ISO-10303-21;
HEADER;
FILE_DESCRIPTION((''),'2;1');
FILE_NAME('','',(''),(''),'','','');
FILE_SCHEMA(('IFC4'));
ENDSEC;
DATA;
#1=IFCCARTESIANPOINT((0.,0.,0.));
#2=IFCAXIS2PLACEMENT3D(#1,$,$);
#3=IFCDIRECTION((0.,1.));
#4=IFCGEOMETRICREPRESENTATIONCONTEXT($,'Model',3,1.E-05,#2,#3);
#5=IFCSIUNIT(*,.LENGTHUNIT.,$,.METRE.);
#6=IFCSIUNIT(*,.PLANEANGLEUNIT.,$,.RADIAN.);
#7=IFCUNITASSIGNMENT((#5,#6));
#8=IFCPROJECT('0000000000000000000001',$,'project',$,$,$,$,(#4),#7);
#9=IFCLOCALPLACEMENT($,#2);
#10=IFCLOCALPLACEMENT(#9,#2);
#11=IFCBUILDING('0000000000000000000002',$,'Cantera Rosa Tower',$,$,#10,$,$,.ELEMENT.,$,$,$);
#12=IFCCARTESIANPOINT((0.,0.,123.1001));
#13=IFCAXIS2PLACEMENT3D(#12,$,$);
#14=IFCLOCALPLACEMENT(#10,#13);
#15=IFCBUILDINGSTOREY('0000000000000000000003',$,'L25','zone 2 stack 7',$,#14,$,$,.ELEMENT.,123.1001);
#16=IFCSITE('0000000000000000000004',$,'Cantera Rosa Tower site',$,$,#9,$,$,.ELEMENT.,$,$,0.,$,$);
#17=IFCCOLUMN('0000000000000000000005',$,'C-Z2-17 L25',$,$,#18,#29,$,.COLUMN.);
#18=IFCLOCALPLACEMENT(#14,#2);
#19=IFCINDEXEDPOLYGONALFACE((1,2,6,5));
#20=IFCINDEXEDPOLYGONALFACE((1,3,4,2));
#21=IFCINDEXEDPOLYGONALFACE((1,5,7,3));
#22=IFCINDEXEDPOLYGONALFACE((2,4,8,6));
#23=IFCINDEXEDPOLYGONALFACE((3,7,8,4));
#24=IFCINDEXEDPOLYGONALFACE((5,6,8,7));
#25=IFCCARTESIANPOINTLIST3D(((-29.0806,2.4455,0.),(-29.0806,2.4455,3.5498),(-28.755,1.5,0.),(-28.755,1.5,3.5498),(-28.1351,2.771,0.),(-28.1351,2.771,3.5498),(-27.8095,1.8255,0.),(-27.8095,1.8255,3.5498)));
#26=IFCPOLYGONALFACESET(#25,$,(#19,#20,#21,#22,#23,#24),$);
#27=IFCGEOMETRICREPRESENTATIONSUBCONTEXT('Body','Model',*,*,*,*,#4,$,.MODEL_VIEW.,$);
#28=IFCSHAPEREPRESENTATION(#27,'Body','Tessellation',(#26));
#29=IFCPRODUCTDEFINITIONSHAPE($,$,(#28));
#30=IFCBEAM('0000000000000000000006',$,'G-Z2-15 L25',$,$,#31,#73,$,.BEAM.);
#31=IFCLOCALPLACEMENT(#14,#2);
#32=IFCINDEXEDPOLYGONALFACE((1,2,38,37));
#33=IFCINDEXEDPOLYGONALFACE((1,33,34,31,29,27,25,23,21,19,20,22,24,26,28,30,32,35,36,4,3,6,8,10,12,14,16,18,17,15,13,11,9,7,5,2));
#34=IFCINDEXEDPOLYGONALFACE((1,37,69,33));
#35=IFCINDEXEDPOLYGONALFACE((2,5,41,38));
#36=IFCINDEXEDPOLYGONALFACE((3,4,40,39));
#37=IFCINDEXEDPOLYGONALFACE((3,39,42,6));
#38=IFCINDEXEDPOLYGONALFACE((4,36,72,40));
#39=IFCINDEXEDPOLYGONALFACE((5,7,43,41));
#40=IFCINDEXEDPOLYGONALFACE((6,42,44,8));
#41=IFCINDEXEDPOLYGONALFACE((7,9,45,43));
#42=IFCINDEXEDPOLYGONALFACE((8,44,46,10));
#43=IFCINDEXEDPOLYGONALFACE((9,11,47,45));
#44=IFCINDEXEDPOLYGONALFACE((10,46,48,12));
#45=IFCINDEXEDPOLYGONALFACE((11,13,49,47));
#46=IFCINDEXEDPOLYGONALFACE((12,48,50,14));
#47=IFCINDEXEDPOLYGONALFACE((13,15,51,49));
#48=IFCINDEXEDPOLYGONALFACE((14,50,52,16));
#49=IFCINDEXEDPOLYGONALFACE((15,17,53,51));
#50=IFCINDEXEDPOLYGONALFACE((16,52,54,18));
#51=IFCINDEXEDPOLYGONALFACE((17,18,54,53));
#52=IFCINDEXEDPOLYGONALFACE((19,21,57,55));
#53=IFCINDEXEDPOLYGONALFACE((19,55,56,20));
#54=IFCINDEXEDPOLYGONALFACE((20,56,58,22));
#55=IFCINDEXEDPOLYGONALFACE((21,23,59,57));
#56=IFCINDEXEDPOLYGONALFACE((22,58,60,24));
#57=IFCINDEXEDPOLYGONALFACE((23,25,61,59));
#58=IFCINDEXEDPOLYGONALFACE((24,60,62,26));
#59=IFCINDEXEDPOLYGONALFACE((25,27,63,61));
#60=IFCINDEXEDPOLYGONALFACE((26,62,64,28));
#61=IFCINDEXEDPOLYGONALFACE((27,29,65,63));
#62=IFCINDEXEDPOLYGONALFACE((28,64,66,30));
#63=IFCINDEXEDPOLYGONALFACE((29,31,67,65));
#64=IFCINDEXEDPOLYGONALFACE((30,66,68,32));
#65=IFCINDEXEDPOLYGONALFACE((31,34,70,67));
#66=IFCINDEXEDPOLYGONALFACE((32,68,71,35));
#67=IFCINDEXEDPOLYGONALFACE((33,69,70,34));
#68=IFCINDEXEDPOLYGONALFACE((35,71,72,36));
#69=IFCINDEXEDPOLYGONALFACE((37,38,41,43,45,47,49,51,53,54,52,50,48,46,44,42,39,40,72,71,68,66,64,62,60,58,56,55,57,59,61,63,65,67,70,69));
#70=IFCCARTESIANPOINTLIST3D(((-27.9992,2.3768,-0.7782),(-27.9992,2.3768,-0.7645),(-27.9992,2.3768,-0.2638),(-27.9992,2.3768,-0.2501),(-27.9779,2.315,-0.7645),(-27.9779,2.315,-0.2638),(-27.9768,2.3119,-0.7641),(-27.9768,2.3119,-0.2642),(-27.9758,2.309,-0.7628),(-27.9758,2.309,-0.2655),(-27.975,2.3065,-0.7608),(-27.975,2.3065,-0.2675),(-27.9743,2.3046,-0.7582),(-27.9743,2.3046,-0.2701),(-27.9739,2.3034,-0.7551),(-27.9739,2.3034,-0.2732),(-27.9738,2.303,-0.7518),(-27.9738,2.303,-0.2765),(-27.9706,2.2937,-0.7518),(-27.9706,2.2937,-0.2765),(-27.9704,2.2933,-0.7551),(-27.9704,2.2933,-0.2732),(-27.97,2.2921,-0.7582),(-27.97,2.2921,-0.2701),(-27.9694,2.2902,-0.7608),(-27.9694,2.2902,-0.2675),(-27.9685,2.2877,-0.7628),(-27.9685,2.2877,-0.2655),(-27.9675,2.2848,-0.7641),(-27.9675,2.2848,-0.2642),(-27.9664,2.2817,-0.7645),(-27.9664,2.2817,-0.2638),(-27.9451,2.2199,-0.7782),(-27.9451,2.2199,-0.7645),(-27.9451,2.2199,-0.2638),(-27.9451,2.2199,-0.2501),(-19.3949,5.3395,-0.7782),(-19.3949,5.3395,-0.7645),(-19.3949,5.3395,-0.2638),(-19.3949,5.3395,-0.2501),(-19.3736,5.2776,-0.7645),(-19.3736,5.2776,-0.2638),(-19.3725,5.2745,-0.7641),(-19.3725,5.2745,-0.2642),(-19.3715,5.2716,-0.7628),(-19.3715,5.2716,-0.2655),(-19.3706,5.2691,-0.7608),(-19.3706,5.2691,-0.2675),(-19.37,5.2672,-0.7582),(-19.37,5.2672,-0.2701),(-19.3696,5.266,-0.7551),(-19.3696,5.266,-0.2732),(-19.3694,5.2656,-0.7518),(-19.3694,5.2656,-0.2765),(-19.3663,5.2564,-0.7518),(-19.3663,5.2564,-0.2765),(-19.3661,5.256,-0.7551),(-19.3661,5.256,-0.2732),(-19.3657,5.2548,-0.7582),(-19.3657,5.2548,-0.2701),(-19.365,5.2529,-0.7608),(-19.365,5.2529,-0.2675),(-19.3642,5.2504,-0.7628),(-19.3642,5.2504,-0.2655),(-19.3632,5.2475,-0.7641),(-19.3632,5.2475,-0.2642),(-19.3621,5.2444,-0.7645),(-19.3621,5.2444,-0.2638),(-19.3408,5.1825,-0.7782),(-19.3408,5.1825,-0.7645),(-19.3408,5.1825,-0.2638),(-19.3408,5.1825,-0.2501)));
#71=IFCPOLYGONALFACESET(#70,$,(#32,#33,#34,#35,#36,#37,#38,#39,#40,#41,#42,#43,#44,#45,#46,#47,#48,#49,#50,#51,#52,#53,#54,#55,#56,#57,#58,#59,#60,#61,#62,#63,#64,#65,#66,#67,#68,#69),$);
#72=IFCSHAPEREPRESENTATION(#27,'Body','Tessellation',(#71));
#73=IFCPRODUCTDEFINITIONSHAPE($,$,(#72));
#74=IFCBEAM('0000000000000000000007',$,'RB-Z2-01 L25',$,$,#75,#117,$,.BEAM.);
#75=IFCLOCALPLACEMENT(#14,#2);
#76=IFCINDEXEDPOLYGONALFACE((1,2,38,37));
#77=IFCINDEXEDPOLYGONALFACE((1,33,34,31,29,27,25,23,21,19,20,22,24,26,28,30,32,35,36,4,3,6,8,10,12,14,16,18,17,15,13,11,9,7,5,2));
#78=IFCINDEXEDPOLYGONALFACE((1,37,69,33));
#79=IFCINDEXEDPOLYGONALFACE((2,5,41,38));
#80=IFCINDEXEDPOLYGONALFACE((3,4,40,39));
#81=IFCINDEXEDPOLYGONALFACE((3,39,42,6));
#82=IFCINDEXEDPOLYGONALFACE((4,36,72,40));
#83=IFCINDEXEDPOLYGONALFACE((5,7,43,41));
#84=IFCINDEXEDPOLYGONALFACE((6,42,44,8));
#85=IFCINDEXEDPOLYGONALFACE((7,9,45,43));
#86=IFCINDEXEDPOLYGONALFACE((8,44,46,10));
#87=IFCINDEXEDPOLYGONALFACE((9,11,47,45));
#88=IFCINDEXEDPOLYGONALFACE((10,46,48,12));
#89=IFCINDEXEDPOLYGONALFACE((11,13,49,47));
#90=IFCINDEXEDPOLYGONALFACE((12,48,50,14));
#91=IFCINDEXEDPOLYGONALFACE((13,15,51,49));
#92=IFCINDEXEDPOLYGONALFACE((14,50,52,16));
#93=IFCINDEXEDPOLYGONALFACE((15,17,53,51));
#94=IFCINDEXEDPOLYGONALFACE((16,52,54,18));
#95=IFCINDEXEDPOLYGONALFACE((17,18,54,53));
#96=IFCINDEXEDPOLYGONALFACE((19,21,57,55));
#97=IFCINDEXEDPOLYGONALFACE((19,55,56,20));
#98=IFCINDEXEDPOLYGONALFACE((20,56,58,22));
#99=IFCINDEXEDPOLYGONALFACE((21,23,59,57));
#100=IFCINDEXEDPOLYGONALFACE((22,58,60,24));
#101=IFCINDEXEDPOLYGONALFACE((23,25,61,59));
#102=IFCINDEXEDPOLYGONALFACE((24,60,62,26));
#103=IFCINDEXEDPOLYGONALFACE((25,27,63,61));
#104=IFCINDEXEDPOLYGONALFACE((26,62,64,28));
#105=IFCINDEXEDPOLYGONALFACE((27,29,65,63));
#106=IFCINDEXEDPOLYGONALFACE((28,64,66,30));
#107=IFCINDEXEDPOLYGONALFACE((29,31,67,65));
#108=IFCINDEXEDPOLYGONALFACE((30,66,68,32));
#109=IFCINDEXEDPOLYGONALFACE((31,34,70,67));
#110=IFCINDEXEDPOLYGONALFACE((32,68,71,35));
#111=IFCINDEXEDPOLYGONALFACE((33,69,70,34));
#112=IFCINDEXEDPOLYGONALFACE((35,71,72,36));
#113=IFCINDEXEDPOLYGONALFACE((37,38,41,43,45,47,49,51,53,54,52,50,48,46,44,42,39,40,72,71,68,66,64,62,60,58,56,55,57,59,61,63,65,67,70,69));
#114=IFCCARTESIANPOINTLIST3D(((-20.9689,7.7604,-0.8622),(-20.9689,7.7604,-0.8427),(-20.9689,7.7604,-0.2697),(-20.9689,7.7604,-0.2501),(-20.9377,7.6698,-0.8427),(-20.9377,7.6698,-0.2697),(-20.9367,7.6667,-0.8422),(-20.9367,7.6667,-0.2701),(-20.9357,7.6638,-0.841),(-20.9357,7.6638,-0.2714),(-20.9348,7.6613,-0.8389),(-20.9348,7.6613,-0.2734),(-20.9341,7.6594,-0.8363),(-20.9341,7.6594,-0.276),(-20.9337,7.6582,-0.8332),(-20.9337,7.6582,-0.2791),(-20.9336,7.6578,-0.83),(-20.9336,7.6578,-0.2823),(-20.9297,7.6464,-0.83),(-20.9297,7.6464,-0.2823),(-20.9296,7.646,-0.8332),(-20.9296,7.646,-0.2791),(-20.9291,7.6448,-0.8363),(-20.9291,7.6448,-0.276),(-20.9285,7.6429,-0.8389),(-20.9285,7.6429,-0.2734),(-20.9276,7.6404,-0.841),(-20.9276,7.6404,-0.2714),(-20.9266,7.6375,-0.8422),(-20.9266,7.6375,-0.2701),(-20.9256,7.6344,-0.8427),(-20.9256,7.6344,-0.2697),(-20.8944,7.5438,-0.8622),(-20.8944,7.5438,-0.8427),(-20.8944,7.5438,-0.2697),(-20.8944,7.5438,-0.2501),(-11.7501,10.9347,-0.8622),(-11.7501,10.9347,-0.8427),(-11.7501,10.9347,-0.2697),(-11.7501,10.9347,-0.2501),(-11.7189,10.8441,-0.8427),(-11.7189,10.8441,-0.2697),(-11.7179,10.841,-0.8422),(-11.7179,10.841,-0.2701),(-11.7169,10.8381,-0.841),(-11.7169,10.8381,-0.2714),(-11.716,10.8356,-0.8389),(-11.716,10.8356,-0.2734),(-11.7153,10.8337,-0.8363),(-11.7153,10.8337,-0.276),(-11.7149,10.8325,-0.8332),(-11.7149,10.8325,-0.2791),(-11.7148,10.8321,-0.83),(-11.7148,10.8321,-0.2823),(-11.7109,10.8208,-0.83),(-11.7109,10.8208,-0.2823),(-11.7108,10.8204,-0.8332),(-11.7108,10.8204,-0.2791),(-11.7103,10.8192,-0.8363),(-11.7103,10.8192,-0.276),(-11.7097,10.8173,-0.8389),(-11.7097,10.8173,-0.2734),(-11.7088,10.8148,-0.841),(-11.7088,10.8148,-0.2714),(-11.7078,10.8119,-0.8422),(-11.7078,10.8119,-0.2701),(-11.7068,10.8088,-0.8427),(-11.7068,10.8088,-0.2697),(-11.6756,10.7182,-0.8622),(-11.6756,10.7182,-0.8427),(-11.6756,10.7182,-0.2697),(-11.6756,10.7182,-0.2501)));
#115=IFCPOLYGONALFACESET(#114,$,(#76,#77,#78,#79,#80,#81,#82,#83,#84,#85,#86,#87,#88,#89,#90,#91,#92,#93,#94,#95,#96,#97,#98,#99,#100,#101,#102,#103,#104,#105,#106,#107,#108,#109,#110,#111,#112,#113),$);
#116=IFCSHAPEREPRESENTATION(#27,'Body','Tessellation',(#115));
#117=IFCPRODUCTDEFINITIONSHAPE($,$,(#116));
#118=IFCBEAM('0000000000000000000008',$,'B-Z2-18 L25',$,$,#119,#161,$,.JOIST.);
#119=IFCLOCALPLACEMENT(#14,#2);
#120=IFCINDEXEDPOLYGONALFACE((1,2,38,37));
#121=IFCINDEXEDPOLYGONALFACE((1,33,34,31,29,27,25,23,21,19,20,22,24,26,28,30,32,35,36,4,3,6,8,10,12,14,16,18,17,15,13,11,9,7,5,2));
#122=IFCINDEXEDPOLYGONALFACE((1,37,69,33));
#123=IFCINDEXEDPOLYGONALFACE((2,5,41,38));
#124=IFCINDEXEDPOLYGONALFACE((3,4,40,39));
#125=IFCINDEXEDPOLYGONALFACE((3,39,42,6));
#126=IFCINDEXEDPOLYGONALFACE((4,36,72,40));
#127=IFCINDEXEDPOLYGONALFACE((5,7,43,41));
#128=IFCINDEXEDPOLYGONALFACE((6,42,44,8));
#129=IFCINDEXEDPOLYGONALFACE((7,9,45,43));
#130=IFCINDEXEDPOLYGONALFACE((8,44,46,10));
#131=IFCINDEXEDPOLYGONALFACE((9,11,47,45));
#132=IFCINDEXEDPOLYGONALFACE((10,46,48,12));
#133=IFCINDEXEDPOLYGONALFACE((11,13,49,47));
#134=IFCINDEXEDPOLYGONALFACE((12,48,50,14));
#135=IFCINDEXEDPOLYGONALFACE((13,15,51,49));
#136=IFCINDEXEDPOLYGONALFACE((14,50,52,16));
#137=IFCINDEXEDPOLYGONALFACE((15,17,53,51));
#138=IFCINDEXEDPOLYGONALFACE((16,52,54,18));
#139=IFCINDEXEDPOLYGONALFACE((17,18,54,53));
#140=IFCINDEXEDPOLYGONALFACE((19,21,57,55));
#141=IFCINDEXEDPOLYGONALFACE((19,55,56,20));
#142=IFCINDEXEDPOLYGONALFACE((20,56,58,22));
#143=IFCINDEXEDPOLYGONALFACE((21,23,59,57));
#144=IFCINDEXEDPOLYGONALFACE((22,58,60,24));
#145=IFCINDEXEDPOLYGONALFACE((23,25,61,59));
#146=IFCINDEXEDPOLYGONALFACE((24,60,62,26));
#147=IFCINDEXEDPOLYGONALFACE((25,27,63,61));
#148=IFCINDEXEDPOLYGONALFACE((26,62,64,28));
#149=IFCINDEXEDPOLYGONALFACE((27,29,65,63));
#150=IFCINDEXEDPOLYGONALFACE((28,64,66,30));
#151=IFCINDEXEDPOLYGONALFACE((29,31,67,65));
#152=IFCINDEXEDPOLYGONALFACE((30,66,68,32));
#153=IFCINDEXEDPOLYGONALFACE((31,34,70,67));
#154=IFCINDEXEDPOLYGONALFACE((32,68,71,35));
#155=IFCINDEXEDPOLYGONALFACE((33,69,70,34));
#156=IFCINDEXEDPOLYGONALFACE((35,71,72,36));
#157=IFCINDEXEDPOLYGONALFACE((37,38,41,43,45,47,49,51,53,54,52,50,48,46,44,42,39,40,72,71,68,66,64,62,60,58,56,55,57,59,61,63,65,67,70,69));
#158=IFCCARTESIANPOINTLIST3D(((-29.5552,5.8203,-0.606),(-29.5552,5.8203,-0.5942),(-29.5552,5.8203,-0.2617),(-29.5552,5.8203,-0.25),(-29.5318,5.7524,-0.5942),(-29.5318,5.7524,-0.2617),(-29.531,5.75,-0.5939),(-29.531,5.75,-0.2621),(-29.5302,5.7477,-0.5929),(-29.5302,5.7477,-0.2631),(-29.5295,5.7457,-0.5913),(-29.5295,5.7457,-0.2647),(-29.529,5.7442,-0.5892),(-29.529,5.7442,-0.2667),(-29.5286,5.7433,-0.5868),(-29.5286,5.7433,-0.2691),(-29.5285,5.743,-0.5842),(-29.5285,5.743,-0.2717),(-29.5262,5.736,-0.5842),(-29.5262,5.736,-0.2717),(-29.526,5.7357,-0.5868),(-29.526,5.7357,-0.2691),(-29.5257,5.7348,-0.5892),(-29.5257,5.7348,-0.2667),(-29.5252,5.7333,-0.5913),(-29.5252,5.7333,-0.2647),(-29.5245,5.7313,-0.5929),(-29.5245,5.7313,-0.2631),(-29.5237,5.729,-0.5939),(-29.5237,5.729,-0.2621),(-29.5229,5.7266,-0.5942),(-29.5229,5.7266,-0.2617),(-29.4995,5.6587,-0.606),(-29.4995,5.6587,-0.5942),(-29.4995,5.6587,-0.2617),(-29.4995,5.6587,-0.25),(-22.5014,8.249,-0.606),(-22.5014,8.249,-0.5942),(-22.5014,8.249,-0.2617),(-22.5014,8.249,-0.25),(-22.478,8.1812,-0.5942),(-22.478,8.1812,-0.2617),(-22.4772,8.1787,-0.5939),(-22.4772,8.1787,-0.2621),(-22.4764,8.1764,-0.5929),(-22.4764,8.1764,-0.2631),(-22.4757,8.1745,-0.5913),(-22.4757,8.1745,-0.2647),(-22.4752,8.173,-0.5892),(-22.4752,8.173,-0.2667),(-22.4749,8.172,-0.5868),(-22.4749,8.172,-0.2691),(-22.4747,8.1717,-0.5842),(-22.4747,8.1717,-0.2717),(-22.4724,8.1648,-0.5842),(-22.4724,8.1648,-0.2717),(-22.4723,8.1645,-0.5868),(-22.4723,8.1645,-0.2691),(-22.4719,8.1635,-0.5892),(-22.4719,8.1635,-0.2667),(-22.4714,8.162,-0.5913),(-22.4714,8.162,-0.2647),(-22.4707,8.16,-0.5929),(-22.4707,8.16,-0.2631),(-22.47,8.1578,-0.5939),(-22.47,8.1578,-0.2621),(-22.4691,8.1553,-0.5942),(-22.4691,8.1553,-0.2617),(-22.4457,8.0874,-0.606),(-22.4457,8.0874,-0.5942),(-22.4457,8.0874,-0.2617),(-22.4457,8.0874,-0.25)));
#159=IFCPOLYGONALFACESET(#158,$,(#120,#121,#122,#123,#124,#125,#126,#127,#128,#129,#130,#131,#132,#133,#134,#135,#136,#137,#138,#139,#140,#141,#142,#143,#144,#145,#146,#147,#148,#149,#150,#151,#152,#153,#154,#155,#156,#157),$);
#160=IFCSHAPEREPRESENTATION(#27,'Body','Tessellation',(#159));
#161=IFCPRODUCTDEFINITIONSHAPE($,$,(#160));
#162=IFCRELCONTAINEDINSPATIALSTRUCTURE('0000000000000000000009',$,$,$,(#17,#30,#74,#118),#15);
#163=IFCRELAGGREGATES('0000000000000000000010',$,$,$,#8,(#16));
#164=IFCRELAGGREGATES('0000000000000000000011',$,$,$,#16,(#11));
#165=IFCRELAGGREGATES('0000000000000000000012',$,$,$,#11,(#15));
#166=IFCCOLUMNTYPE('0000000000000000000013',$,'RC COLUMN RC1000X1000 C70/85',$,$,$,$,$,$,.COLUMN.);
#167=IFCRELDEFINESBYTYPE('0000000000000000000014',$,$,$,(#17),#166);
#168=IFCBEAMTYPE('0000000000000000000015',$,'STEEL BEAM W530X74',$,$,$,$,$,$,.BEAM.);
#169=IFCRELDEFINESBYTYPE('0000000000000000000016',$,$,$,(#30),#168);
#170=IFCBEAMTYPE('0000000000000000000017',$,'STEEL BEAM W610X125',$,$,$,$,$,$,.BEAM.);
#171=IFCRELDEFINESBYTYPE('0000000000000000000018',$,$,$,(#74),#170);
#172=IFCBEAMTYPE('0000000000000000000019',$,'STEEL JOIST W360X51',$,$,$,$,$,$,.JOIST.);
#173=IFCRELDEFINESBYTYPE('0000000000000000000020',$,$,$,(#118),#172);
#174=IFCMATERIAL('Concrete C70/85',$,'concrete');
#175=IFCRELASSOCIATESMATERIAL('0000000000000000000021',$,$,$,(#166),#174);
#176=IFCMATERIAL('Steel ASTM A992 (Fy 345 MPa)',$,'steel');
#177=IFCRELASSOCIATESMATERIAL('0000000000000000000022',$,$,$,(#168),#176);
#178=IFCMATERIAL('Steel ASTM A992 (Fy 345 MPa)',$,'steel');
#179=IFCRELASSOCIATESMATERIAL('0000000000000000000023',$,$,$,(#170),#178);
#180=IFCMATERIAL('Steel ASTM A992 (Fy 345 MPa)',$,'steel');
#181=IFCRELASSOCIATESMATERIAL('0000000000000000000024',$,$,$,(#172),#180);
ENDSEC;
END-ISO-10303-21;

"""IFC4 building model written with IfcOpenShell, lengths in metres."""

from ifc_helpers import new_model, si_unit, direction, frame, origin, origin_2d, place, context, subcontext, project, spatial, rectangle, i_section, extrude, material, material_profile, profile_set, type_object, element, save


model = new_model("IFC4")

# Units and contexts
model_context = context("Model", 3, precision=1e-05, world=origin(), true_north=direction((0.0, 1.0)))
body_context = subcontext(model_context, "Body", "Model", "MODEL_VIEW")
ifc_project = project(units=[si_unit("LENGTHUNIT", "METRE"), si_unit("PLANEANGLEUNIT", "RADIAN")], contexts=[model_context])

# Site, building, storey
site_placement = place(None, origin())
site = spatial("IfcSite", under=ifc_project, at=site_placement, Name="Cantera Rosa Tower site", CompositionType="ELEMENT", RefElevation=0.0)
building_placement = place(site_placement, origin())
building = spatial("IfcBuilding", under=site, at=building_placement, Name="Cantera Rosa Tower", CompositionType="ELEMENT")
storey_placement = place(building_placement, frame((0.0, 0.0, 123.1001)))
storey = spatial("IfcBuildingStorey", under=building, at=storey_placement, Name="L25", Description="zone 2 stack 7", CompositionType="ELEMENT", Elevation=123.1001)

# Column
ifc_material_1 = material(Name="Concrete C70/85", Category="concrete")
ifc_material_profile_1 = material_profile(ifc_material_1, rectangle(XDim=1.0, YDim=1.0, at=origin_2d()), Name="RC COLUMN RC1000X1000 C70/85")
ifc_profile_set_1 = profile_set([ifc_material_profile_1], Name="Concrete C70/85")
column_type = type_object("IfcColumnType", Name="RC COLUMN RC1000X1000 C70/85", PredefinedType="COLUMN", material=ifc_profile_set_1)
column_placement = place(storey_placement, frame((-28.4451, 2.1355, 0.0), z_axis=(0.0, 0.0, 1.0), x_axis=(0.945519, 0.325568, 0.0)))
element("IfcColumn", 1, at=column_placement, inside=storey, type_object=column_type, Name="C-Z2-17 L25", PredefinedType="COLUMN", context=body_context, shape_type="SweptSolid", body=[
    extrude(rectangle(XDim=1.0, YDim=1.0, at=origin_2d()), origin(), (0.0, 0.0, 1.0), 3.5498),
])

# Beams
ifc_material_2 = material(Name="Steel ASTM A992 (Fy 345 MPa)", Category="steel")
ifc_material_profile_2 = material_profile(ifc_material_2, i_section(OverallWidth=0.166, OverallDepth=0.5281, WebThickness=0.0098, FlangeThickness=0.0137, FilletRadius=0.0127, at=origin_2d()), Name="W530X74")
ifc_profile_set_2 = profile_set([ifc_material_profile_2], Name="Steel ASTM A992 (Fy 345 MPa)")
beam_type_1 = type_object("IfcBeamType", Name="STEEL BEAM W530X74", PredefinedType="BEAM", material=ifc_profile_set_2)
beam_1_placement = place(storey_placement, frame((-27.9722, 2.2983, -0.5142), z_axis=(0.94552, 0.325565, 0.0), x_axis=(-0.325565, 0.94552, 0.0)))
element("IfcBeam", 2, at=beam_1_placement, inside=storey, type_object=beam_type_1, Name="G-Z2-15 L25", PredefinedType="BEAM", context=body_context, shape_type="SweptSolid", body=[
    extrude(i_section(OverallWidth=0.166, OverallDepth=0.5281, WebThickness=0.0098, FlangeThickness=0.0137, FilletRadius=0.0127, at=origin_2d()), origin(), (0.0, 0.0, 1.0), 9.1001),
])
ifc_material_3 = material(Name="Steel ASTM A992 (Fy 345 MPa)", Category="steel")
ifc_material_profile_3 = material_profile(ifc_material_3, i_section(OverallWidth=0.229, OverallDepth=0.6121, WebThickness=0.012, FlangeThickness=0.0195, FilletRadius=0.0127, at=origin_2d()), Name="W610X125")
ifc_profile_set_3 = profile_set([ifc_material_profile_3], Name="Steel ASTM A992 (Fy 345 MPa)")
beam_type_2 = type_object("IfcBeamType", Name="STEEL BEAM W610X125", PredefinedType="BEAM", material=ifc_profile_set_3)
beam_2_placement = place(storey_placement, frame((-20.9316, 7.6521, -0.5562), z_axis=(0.945517, 0.325572, 0.0), x_axis=(-0.325572, 0.945517, 0.0)))
element("IfcBeam", 3, at=beam_2_placement, inside=storey, type_object=beam_type_2, Name="RB-Z2-01 L25", PredefinedType="BEAM", context=body_context, shape_type="SweptSolid", body=[
    extrude(i_section(OverallWidth=0.229, OverallDepth=0.6121, WebThickness=0.012, FlangeThickness=0.0195, FilletRadius=0.0127, at=origin_2d()), origin(), (0.0, 0.0, 1.0), 9.75),
])
ifc_material_4 = material(Name="Steel ASTM A992 (Fy 345 MPa)", Category="steel")
ifc_material_profile_4 = material_profile(ifc_material_4, i_section(OverallWidth=0.1709, OverallDepth=0.356, WebThickness=0.0073, FlangeThickness=0.0117, FilletRadius=0.01, at=origin_2d()), Name="W360X51")
ifc_profile_set_4 = profile_set([ifc_material_profile_4], Name="Steel ASTM A992 (Fy 345 MPa)")
beam_type_3 = type_object("IfcBeamType", Name="STEEL JOIST W360X51", PredefinedType="JOIST", material=ifc_profile_set_4)
beam_3_placement = place(storey_placement, frame((-29.5273, 5.7395, -0.428), z_axis=(0.945522, 0.325559, 0.0), x_axis=(-0.325559, 0.945522, 0.0)))
element("IfcBeam", 4, at=beam_3_placement, inside=storey, type_object=beam_type_3, Name="B-Z2-18 L25", PredefinedType="JOIST", context=body_context, shape_type="SweptSolid", body=[
    extrude(i_section(OverallWidth=0.1709, OverallDepth=0.356, WebThickness=0.0073, FlangeThickness=0.0117, FilletRadius=0.01, at=origin_2d()), origin(), (0.0, 0.0, 1.0), 7.4602),
])

save(model, "model.ifc")
